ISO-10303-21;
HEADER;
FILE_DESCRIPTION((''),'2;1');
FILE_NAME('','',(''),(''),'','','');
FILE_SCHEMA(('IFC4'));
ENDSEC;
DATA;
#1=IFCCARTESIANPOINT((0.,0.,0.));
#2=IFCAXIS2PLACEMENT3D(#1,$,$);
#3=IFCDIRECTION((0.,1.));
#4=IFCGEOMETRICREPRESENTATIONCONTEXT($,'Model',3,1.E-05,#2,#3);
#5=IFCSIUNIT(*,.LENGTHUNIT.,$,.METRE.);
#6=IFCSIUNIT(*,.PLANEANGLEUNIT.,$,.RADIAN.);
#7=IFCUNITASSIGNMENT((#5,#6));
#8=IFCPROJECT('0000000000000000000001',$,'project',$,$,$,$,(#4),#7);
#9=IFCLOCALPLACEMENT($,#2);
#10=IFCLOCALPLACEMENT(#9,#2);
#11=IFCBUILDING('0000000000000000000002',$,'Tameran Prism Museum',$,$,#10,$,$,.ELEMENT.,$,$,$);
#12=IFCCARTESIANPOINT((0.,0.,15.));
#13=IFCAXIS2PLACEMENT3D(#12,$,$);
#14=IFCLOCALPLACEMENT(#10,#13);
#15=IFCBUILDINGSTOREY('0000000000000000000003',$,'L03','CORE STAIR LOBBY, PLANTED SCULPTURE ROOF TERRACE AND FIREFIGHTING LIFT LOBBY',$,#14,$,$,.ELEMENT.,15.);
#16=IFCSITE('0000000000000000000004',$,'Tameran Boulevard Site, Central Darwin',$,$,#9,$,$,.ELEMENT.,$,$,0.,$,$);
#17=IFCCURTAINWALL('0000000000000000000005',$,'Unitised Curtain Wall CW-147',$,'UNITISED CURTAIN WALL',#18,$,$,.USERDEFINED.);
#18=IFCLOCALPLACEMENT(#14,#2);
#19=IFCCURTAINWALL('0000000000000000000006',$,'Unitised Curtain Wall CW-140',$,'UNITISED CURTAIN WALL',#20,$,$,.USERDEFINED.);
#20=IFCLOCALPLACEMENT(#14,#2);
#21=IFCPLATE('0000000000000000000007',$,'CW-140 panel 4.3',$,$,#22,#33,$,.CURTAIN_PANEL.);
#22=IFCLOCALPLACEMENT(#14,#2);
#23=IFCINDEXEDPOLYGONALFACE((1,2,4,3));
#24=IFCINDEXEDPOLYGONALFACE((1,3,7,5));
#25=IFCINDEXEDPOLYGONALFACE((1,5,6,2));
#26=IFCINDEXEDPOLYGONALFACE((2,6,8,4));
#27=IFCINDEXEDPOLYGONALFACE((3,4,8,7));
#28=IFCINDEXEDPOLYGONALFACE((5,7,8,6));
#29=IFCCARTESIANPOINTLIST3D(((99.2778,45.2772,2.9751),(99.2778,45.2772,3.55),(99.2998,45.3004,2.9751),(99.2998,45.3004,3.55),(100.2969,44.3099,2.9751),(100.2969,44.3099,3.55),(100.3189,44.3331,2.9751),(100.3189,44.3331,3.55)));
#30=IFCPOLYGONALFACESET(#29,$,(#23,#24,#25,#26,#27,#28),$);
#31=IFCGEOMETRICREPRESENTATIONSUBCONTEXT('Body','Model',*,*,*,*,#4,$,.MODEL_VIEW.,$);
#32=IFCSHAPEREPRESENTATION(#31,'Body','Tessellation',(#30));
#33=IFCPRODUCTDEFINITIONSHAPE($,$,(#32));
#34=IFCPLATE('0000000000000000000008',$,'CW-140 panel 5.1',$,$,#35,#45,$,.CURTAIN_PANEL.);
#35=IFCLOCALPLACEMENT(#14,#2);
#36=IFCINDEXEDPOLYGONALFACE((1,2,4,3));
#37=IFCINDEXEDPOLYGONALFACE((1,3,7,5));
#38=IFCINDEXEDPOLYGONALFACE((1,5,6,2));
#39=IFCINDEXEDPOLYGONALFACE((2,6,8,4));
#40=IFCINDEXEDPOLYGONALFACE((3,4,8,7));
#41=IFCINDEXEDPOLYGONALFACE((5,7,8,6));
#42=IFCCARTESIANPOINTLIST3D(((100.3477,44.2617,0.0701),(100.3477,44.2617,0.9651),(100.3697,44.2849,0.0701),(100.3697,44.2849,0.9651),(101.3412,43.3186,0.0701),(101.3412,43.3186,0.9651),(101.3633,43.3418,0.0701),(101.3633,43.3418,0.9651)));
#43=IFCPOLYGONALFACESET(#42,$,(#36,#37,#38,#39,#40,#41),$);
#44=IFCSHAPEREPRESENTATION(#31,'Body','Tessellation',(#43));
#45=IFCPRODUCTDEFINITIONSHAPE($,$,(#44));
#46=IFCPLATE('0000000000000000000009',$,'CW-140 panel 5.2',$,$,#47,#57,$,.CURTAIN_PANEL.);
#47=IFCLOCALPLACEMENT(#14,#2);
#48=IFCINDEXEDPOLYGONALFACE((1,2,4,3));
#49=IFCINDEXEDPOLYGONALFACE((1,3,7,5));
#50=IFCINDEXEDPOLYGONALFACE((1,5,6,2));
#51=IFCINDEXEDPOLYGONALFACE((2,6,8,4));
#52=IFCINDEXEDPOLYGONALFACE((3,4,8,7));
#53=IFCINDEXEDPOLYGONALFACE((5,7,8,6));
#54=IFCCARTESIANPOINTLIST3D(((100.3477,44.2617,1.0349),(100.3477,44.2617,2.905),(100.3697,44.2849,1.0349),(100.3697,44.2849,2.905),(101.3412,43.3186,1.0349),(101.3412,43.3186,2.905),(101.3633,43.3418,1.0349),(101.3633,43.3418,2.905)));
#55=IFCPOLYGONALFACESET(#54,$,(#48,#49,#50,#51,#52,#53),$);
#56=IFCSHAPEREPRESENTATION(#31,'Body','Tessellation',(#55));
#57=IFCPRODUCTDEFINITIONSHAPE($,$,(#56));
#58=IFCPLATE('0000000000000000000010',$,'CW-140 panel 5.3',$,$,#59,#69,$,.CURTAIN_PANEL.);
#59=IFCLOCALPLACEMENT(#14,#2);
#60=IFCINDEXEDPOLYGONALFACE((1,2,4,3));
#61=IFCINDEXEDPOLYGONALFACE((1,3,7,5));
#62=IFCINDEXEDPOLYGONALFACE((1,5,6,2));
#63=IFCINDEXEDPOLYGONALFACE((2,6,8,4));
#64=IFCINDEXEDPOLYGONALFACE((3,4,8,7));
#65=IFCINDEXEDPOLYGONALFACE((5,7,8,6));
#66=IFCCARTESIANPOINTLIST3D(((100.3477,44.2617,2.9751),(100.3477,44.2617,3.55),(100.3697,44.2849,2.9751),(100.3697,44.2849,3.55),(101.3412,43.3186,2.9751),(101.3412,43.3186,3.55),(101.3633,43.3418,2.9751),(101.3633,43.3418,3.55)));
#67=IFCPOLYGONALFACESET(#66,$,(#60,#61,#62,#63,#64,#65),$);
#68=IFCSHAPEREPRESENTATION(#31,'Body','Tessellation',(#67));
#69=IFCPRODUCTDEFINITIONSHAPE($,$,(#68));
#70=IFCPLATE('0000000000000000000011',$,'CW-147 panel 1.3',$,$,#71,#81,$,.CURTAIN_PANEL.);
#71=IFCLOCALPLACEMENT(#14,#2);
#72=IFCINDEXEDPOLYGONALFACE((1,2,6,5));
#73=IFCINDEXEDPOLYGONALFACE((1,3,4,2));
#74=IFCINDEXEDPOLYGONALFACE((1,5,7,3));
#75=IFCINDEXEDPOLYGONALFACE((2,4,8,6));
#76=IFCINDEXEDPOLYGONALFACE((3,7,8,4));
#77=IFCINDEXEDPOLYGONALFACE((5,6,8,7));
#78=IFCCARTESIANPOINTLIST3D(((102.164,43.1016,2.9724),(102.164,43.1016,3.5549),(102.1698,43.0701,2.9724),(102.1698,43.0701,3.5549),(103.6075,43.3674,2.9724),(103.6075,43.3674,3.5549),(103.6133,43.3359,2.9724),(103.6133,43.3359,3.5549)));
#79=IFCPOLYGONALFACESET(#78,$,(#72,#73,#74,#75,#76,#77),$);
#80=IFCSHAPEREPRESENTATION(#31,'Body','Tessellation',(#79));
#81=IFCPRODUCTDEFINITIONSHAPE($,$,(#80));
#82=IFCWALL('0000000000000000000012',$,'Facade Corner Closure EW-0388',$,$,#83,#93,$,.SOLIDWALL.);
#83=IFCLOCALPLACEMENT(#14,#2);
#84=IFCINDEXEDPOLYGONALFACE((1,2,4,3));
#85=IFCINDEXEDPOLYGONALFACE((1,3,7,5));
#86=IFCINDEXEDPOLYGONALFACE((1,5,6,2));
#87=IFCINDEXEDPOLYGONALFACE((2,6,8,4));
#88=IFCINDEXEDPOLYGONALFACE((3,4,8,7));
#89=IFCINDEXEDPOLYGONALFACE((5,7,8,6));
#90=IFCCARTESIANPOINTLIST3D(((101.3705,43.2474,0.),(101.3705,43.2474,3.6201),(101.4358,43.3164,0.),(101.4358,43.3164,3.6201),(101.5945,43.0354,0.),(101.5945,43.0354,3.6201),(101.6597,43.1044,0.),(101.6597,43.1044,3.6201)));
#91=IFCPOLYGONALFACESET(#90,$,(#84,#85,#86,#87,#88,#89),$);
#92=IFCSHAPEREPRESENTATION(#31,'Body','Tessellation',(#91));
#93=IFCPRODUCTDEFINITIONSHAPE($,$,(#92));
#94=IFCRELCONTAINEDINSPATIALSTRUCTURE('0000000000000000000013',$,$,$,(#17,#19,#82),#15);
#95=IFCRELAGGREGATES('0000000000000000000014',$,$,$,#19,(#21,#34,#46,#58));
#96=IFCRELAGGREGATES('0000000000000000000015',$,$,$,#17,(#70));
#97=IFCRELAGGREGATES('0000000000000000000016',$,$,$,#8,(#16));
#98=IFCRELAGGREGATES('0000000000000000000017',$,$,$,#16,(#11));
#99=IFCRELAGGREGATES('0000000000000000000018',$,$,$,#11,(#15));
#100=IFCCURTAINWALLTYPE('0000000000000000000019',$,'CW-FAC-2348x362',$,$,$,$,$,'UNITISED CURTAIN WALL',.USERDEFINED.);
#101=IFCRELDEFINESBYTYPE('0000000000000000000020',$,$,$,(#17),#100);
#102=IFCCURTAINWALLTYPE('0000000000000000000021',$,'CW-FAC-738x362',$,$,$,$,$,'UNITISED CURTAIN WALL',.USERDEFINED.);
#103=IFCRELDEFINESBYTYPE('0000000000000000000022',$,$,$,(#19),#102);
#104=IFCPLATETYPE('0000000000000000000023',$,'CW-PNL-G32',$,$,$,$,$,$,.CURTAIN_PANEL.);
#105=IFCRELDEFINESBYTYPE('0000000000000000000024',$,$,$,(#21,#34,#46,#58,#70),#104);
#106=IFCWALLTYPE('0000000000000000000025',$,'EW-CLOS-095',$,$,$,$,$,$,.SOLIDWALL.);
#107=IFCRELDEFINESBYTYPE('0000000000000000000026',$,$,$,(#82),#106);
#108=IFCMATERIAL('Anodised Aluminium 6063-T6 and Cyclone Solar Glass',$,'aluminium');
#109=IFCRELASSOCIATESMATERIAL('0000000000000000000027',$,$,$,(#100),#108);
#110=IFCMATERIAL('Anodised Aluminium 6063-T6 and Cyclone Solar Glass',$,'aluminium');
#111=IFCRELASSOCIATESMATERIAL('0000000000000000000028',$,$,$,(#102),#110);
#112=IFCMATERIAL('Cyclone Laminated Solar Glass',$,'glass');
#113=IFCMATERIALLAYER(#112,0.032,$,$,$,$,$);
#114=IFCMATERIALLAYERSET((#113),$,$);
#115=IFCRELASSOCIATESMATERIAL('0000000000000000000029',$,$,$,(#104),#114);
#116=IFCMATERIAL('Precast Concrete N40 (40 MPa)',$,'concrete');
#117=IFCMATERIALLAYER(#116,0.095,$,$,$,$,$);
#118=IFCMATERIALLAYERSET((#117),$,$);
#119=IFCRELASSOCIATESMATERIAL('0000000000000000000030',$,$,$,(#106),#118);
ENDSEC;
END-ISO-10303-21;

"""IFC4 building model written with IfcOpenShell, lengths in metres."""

from ifc_helpers import new_model, si_unit, direction, frame, frame_2d, origin, origin_2d, place, context, subcontext, project, spatial, rectangle, extrude, material, layer, layer_set, type_object, element, aggregate, save


model = new_model("IFC4")

# Units and contexts
model_context = context("Model", 3, precision=1e-05, world=origin(), true_north=direction((0.0, 1.0)))
body_context = subcontext(model_context, "Body", "Model", "MODEL_VIEW")
ifc_project = project(units=[si_unit("LENGTHUNIT", "METRE"), si_unit("PLANEANGLEUNIT", "RADIAN")], contexts=[model_context])

# Site, building, storey
site_placement = place(None, origin())
site = spatial("IfcSite", under=ifc_project, at=site_placement, Name="Tameran Boulevard Site, Central Darwin", CompositionType="ELEMENT", RefElevation=0.0)
building_placement = place(site_placement, origin())
building = spatial("IfcBuilding", under=site, at=building_placement, Name="Tameran Prism Museum", CompositionType="ELEMENT")
storey_placement = place(building_placement, frame((0.0, 0.0, 15.0)))
storey = spatial("IfcBuildingStorey", under=building, at=storey_placement, Name="L03", Description="CORE STAIR LOBBY, PLANTED SCULPTURE ROOF TERRACE AND FIREFIGHTING LIFT LOBBY", CompositionType="ELEMENT", Elevation=15.0)

# Curtain wall
ifc_material_1 = material(Name="Anodised Aluminium 6063-T6 and Cyclone Solar Glass", Category="aluminium")
curtain_wall_type_1 = type_object("IfcCurtainWallType", Name="CW-FAC-2348x362", ElementType="UNITISED CURTAIN WALL", PredefinedType="USERDEFINED", material=ifc_material_1)
curtain_wall_1_placement = place(storey_placement, origin())
curtain_wall_1 = element("IfcCurtainWall", 1, at=curtain_wall_1_placement, inside=storey, type_object=curtain_wall_type_1, Name="Unitised Curtain Wall CW-147", ObjectType="UNITISED CURTAIN WALL", PredefinedType="USERDEFINED")

# Curtain wall
ifc_material_2 = material(Name="Anodised Aluminium 6063-T6 and Cyclone Solar Glass", Category="aluminium")
curtain_wall_type_2 = type_object("IfcCurtainWallType", Name="CW-FAC-738x362", ElementType="UNITISED CURTAIN WALL", PredefinedType="USERDEFINED", material=ifc_material_2)
curtain_wall_2_placement = place(storey_placement, origin())
curtain_wall_2 = element("IfcCurtainWall", 2, at=curtain_wall_2_placement, inside=storey, type_object=curtain_wall_type_2, Name="Unitised Curtain Wall CW-140", ObjectType="UNITISED CURTAIN WALL", PredefinedType="USERDEFINED")

# Plates
ifc_material_3 = material(Name="Cyclone Laminated Solar Glass", Category="glass")
ifc_layer_1 = layer(ifc_material_3, 0.032)
ifc_layer_set_1 = layer_set([ifc_layer_1])
plate_type = type_object("IfcPlateType", Name="CW-PNL-G32", PredefinedType="CURTAIN_PANEL", material=ifc_layer_set_1)
plate_1_placement = place(storey_placement, frame((99.7983, 44.8052, 2.9751), z_axis=(0.0, 0.0, 1.0), x_axis=(0.725307, -0.688425, 0.0)))
plate_1 = element("IfcPlate", 3, at=plate_1_placement, type_object=plate_type, Name="CW-140 panel 4.3", PredefinedType="CURTAIN_PANEL", context=body_context, shape_type="SweptSolid", body=[
    extrude(rectangle(XDim=1.405, YDim=0.032, at=origin_2d()), origin(), (0.0, 0.0, 1.0), 0.575),
])
plate_2_placement = place(storey_placement, frame((100.8555, 43.8018, 0.0701), z_axis=(0.0, 0.0, 1.0), x_axis=(0.725307, -0.688425, 0.0)))
plate_2 = element("IfcPlate", 4, at=plate_2_placement, type_object=plate_type, Name="CW-140 panel 5.1", PredefinedType="CURTAIN_PANEL", context=body_context, shape_type="SweptSolid", body=[
    extrude(rectangle(XDim=1.3699, YDim=0.032, at=origin_2d()), origin(), (0.0, 0.0, 1.0), 0.895),
])
plate_3_placement = place(storey_placement, frame((100.8555, 43.8018, 1.0349), z_axis=(0.0, 0.0, 1.0), x_axis=(0.725307, -0.688425, 0.0)))
plate_3 = element("IfcPlate", 5, at=plate_3_placement, type_object=plate_type, Name="CW-140 panel 5.2", PredefinedType="CURTAIN_PANEL", context=body_context, shape_type="SweptSolid", body=[
    extrude(rectangle(XDim=1.3699, YDim=0.032, at=origin_2d()), origin(), (0.0, 0.0, 1.0), 1.8701),
])
plate_4_placement = place(storey_placement, frame((100.8555, 43.8018, 2.9751), z_axis=(0.0, 0.0, 1.0), x_axis=(0.725307, -0.688425, 0.0)))
plate_4 = element("IfcPlate", 6, at=plate_4_placement, type_object=plate_type, Name="CW-140 panel 5.3", PredefinedType="CURTAIN_PANEL", context=body_context, shape_type="SweptSolid", body=[
    extrude(rectangle(XDim=1.3699, YDim=0.032, at=origin_2d()), origin(), (0.0, 0.0, 1.0), 0.575),
])
aggregate(curtain_wall_2, [plate_1, plate_2, plate_3, plate_4])
plate_5_placement = place(storey_placement, frame((102.8887, 43.2188, 2.9724), z_axis=(0.0, 0.0, 1.0), x_axis=(0.983472, 0.181063, 0.0)))
plate_5 = element("IfcPlate", 7, at=plate_5_placement, type_object=plate_type, Name="CW-147 panel 1.3", PredefinedType="CURTAIN_PANEL", context=body_context, shape_type="SweptSolid", body=[
    extrude(rectangle(XDim=1.4678, YDim=0.032, at=origin_2d()), origin(), (0.0, 0.0, 1.0), 0.5825),
])
aggregate(curtain_wall_1, [plate_5])

# Wall
ifc_material_4 = material(Name="Precast Concrete N40 (40 MPa)", Category="concrete")
ifc_layer_2 = layer(ifc_material_4, 0.095)
ifc_layer_set_2 = layer_set([ifc_layer_2])
wall_type = type_object("IfcWallType", Name="EW-CLOS-095", PredefinedType="SOLIDWALL", material=ifc_layer_set_2)
wall_placement = place(storey_placement, frame((101.4031, 43.282, 0.0), z_axis=(0.0, 0.0, 1.0), x_axis=(0.726244, -0.687437, 0.0)))
element("IfcWall", 8, at=wall_placement, inside=storey, type_object=wall_type, Name="Facade Corner Closure EW-0388", PredefinedType="SOLIDWALL", context=body_context, shape_type="SweptSolid", body=[
    extrude(rectangle(XDim=0.3083, YDim=0.095, at=frame_2d((0.1543, 0.0))), origin(), (0.0, 0.0, 1.0), 3.6201),
])

save(model, "model.ifc")
